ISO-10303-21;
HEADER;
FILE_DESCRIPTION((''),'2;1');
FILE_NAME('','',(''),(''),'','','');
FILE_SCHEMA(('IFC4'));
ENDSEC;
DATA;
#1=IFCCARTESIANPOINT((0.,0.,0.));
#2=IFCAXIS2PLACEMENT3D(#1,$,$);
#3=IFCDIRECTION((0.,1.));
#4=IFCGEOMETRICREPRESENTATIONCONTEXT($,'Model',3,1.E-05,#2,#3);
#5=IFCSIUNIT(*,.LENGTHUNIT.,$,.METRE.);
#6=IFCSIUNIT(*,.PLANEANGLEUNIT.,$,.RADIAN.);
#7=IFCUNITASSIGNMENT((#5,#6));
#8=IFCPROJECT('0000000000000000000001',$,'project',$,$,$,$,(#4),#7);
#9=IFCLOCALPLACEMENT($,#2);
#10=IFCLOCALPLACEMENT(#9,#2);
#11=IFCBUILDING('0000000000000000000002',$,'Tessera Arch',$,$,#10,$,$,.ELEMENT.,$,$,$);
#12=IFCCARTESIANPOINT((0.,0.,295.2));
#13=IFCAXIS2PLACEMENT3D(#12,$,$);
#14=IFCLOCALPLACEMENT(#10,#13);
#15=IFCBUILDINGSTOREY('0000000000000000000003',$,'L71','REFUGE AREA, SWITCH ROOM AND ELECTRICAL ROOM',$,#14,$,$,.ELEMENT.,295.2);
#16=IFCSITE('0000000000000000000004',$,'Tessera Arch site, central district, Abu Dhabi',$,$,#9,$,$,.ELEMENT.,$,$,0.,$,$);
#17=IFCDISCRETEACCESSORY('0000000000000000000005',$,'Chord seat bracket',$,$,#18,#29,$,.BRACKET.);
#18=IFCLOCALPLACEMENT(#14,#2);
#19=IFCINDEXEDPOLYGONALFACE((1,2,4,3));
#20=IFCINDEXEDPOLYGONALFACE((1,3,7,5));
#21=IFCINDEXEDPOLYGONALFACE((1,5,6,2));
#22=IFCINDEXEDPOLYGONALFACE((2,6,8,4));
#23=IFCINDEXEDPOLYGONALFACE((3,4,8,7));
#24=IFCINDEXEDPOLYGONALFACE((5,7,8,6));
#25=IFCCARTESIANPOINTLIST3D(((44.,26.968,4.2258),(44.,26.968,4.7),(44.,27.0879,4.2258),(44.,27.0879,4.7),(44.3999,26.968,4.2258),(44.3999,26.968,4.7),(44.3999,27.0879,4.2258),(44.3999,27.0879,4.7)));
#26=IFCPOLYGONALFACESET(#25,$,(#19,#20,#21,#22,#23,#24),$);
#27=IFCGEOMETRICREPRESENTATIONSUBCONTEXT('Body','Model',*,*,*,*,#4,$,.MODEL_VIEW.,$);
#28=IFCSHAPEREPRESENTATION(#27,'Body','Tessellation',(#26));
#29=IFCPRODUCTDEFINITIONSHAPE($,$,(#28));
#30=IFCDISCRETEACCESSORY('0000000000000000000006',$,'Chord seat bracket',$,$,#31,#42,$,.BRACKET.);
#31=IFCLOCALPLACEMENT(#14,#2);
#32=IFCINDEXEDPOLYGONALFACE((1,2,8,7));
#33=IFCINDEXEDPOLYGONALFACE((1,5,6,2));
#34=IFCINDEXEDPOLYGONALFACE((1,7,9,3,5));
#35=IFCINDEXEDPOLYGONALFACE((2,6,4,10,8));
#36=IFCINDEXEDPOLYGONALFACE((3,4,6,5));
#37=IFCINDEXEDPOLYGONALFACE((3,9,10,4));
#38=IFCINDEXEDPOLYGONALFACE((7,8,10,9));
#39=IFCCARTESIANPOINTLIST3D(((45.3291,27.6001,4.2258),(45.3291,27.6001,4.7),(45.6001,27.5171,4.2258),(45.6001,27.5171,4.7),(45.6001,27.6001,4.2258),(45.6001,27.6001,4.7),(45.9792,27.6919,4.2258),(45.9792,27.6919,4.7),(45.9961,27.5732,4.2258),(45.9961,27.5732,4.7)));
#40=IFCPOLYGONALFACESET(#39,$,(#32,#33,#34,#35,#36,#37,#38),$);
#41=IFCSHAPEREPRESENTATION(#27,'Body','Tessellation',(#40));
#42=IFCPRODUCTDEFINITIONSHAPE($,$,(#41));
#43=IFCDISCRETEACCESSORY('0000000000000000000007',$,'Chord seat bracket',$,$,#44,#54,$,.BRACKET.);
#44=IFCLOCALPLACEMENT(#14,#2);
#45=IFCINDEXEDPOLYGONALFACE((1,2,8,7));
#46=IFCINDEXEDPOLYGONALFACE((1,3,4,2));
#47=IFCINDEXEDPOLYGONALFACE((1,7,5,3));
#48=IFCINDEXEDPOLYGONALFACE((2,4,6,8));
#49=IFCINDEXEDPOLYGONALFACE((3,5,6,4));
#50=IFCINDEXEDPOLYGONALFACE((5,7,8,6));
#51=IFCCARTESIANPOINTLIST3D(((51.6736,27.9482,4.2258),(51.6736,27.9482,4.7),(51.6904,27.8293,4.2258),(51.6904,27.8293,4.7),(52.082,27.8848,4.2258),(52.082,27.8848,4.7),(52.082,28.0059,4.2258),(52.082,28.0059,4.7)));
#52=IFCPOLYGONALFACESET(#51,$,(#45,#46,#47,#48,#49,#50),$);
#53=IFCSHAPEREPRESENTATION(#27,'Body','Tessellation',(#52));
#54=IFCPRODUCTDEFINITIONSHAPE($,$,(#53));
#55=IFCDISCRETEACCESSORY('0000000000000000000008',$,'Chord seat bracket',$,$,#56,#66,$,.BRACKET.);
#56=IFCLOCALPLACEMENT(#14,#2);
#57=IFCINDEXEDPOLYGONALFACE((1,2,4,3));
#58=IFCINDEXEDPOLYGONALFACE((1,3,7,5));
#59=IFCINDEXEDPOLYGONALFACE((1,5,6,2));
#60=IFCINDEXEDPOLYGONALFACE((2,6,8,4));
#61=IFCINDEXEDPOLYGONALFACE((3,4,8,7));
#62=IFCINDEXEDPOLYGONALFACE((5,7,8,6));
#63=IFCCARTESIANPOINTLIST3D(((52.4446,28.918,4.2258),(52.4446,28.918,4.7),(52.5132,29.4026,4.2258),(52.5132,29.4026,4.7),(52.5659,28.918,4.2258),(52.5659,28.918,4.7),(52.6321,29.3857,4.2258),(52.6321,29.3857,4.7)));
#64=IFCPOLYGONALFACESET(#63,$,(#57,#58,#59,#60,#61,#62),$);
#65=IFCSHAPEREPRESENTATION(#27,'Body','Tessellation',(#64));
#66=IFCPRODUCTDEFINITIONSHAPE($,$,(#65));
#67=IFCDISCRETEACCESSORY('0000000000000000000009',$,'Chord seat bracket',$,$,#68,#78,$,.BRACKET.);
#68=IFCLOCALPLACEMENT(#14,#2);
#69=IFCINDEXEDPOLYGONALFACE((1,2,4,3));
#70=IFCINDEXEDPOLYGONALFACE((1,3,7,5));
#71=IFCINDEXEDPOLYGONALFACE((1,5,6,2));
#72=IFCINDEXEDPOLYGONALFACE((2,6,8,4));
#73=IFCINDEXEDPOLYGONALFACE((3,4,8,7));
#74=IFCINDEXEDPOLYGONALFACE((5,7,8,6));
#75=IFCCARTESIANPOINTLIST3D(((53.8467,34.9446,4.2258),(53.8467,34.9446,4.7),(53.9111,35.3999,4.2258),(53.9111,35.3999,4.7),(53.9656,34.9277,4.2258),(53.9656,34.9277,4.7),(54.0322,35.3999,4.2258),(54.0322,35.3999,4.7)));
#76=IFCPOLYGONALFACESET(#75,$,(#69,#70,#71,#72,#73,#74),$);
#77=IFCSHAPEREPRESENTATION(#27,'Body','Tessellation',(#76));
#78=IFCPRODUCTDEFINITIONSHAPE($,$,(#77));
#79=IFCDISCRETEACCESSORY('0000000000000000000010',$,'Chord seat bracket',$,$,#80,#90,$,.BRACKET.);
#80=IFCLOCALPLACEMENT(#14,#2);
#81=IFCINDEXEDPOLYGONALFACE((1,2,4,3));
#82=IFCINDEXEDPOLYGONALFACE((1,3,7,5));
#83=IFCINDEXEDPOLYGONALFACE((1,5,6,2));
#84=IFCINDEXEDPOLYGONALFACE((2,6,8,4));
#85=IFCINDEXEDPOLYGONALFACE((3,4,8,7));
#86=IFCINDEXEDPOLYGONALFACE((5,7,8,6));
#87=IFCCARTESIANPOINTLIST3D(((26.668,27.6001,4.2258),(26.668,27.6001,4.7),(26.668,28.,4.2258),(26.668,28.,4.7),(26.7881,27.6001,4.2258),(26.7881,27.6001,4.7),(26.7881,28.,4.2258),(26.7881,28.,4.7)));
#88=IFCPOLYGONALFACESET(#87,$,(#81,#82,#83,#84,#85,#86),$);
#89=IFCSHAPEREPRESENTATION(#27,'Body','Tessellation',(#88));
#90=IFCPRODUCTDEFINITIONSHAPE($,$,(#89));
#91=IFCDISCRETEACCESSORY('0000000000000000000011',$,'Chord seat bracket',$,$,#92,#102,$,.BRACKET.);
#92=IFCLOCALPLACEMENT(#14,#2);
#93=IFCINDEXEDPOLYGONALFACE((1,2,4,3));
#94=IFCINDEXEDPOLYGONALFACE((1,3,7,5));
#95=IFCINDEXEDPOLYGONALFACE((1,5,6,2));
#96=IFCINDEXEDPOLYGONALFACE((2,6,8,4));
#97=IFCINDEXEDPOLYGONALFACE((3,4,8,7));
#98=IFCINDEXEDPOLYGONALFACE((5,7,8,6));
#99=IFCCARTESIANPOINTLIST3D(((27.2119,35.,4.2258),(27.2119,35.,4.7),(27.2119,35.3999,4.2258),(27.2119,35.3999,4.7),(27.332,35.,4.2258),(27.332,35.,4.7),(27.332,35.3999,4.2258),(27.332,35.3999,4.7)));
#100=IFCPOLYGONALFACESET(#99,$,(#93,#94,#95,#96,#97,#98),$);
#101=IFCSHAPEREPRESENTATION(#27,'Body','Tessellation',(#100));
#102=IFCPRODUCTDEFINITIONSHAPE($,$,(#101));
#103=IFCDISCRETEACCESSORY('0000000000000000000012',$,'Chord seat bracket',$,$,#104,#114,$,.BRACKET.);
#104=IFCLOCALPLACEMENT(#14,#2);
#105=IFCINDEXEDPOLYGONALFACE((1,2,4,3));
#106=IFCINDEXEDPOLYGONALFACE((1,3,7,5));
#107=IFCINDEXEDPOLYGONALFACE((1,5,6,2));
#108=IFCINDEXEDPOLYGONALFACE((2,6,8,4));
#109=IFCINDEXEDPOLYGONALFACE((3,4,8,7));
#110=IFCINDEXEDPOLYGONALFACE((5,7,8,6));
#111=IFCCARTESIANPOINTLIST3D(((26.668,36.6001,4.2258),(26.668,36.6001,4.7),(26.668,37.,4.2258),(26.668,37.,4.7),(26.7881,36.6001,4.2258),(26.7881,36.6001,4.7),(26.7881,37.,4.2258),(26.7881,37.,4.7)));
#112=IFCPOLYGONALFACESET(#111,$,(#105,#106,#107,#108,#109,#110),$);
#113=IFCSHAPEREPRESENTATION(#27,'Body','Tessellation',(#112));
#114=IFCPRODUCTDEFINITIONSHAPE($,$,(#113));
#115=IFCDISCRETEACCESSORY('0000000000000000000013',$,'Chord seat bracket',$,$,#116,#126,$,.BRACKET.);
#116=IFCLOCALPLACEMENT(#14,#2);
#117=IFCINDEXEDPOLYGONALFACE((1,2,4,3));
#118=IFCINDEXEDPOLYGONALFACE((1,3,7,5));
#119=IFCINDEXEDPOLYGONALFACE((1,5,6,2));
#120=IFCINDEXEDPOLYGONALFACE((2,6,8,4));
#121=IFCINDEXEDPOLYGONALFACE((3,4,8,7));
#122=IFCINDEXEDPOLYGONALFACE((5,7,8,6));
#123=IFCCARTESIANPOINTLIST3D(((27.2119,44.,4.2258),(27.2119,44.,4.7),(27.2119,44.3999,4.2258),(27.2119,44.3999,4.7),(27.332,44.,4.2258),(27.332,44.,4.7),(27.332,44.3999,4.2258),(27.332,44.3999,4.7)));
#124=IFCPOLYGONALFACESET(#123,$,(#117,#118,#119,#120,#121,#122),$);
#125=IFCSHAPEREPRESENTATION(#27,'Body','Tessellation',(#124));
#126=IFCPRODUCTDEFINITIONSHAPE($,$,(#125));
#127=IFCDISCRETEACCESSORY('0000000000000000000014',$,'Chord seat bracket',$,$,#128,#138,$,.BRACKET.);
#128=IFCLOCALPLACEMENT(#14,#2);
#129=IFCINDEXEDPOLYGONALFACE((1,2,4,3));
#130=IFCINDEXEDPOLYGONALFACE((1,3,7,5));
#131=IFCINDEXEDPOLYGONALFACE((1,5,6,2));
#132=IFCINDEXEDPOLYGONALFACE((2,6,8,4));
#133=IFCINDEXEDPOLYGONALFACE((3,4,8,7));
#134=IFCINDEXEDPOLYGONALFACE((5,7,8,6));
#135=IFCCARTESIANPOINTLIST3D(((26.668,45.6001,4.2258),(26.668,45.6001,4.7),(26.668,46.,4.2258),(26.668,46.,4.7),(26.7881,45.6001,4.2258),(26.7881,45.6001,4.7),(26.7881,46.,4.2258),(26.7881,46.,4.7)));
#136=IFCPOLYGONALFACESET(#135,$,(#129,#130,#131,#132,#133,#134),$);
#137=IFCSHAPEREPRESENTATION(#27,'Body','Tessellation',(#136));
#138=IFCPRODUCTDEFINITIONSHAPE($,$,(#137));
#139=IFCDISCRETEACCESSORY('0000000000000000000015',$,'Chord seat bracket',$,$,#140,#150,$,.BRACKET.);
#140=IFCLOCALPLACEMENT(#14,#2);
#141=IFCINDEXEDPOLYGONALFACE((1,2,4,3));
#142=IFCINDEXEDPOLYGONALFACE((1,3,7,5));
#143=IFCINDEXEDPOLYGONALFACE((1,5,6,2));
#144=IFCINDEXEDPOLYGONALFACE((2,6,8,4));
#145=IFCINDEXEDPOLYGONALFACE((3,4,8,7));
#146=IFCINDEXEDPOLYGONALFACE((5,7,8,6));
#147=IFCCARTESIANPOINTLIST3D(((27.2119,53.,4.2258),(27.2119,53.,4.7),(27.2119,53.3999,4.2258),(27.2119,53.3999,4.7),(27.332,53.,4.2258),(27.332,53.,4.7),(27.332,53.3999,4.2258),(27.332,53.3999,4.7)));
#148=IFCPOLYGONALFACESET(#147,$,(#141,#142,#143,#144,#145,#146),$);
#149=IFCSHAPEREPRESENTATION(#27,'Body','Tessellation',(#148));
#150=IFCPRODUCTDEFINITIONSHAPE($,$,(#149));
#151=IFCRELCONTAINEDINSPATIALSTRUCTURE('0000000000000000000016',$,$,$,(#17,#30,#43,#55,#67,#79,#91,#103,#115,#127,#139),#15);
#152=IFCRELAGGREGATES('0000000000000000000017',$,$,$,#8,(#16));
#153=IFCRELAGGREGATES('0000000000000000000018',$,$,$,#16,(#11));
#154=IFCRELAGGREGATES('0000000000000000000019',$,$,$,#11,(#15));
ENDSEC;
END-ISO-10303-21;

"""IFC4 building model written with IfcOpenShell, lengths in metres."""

from ifc_helpers import new_model, si_unit, direction, frame, origin, place, context, subcontext, project, spatial, polyline, outline, extrude, element, save


model = new_model("IFC4")

# Units and contexts
model_context = context("Model", 3, precision=1e-05, world=origin(), true_north=direction((0.0, 1.0)))
body_context = subcontext(model_context, "Body", "Model", "MODEL_VIEW")
ifc_project = project(units=[si_unit("LENGTHUNIT", "METRE"), si_unit("PLANEANGLEUNIT", "RADIAN")], contexts=[model_context])

# Site, building, storey
site_placement = place(None, origin())
site = spatial("IfcSite", under=ifc_project, at=site_placement, Name="Tessera Arch site, central district, Abu Dhabi", CompositionType="ELEMENT", RefElevation=0.0)
building_placement = place(site_placement, origin())
building = spatial("IfcBuilding", under=site, at=building_placement, Name="Tessera Arch", CompositionType="ELEMENT")
storey_placement = place(building_placement, frame((0.0, 0.0, 295.2)))
storey = spatial("IfcBuildingStorey", under=building, at=storey_placement, Name="L71", Description="REFUGE AREA, SWITCH ROOM AND ELECTRICAL ROOM", CompositionType="ELEMENT", Elevation=295.2)

# Discrete accessories
discrete_accessory_1_placement = place(storey_placement, frame((0.0, 0.0, 4.2258)))
element("IfcDiscreteAccessory", 1, at=discrete_accessory_1_placement, inside=storey, Name="Chord seat bracket", PredefinedType="BRACKET", context=body_context, shape_type="SweptSolid", body=[
    extrude(outline(polyline([(44.0, 27.0879), (44.3999, 27.0879), (44.3999, 26.968), (44.0, 26.968), (44.0, 27.0879)])), origin(), (0.0, 0.0, 1.0), 0.4741),
])
discrete_accessory_2_placement = place(storey_placement, frame((0.0, 0.0, 4.2258)))
element("IfcDiscreteAccessory", 2, at=discrete_accessory_2_placement, inside=storey, Name="Chord seat bracket", PredefinedType="BRACKET", context=body_context, shape_type="SweptSolid", body=[
    extrude(outline(polyline([(45.9792, 27.6919), (45.9961, 27.5732), (45.6001, 27.5171), (45.6001, 27.6001), (45.3291, 27.6001), (45.9792, 27.6919)])), origin(), (0.0, 0.0, 1.0), 0.4741),
])
discrete_accessory_3_placement = place(storey_placement, frame((0.0, 0.0, 4.2258)))
element("IfcDiscreteAccessory", 3, at=discrete_accessory_3_placement, inside=storey, Name="Chord seat bracket", PredefinedType="BRACKET", context=body_context, shape_type="SweptSolid", body=[
    extrude(outline(polyline([(51.6736, 27.9482), (52.082, 28.0059), (52.082, 27.8848), (51.6904, 27.8293), (51.6736, 27.9482)])), origin(), (0.0, 0.0, 1.0), 0.4741),
])
discrete_accessory_4_placement = place(storey_placement, frame((0.0, 0.0, 4.2258)))
element("IfcDiscreteAccessory", 4, at=discrete_accessory_4_placement, inside=storey, Name="Chord seat bracket", PredefinedType="BRACKET", context=body_context, shape_type="SweptSolid", body=[
    extrude(outline(polyline([(52.6321, 29.3857), (52.5659, 28.918), (52.4446, 28.918), (52.5132, 29.4026), (52.6321, 29.3857)])), origin(), (0.0, 0.0, 1.0), 0.4741),
])
discrete_accessory_5_placement = place(storey_placement, frame((0.0, 0.0, 4.2258)))
element("IfcDiscreteAccessory", 5, at=discrete_accessory_5_placement, inside=storey, Name="Chord seat bracket", PredefinedType="BRACKET", context=body_context, shape_type="SweptSolid", body=[
    extrude(outline(polyline([(53.9111, 35.3999), (54.0322, 35.3999), (53.9656, 34.9277), (53.8467, 34.9446), (53.9111, 35.3999)])), origin(), (0.0, 0.0, 1.0), 0.4741),
])
discrete_accessory_6_placement = place(storey_placement, frame((0.0, 0.0, 4.2258)))
element("IfcDiscreteAccessory", 6, at=discrete_accessory_6_placement, inside=storey, Name="Chord seat bracket", PredefinedType="BRACKET", context=body_context, shape_type="SweptSolid", body=[
    extrude(outline(polyline([(26.7881, 28.0), (26.7881, 27.6001), (26.668, 27.6001), (26.668, 28.0), (26.7881, 28.0)])), origin(), (0.0, 0.0, 1.0), 0.4741),
])
discrete_accessory_7_placement = place(storey_placement, frame((0.0, 0.0, 4.2258)))
element("IfcDiscreteAccessory", 7, at=discrete_accessory_7_placement, inside=storey, Name="Chord seat bracket", PredefinedType="BRACKET", context=body_context, shape_type="SweptSolid", body=[
    extrude(outline(polyline([(27.2119, 35.3999), (27.332, 35.3999), (27.332, 35.0), (27.2119, 35.0), (27.2119, 35.3999)])), origin(), (0.0, 0.0, 1.0), 0.4741),
])
discrete_accessory_8_placement = place(storey_placement, frame((0.0, 0.0, 4.2258)))
element("IfcDiscreteAccessory", 8, at=discrete_accessory_8_placement, inside=storey, Name="Chord seat bracket", PredefinedType="BRACKET", context=body_context, shape_type="SweptSolid", body=[
    extrude(outline(polyline([(26.7881, 36.6001), (26.668, 36.6001), (26.668, 37.0), (26.7881, 37.0), (26.7881, 36.6001)])), origin(), (0.0, 0.0, 1.0), 0.4741),
])
discrete_accessory_9_placement = place(storey_placement, frame((0.0, 0.0, 4.2258)))
element("IfcDiscreteAccessory", 9, at=discrete_accessory_9_placement, inside=storey, Name="Chord seat bracket", PredefinedType="BRACKET", context=body_context, shape_type="SweptSolid", body=[
    extrude(outline(polyline([(27.2119, 44.0), (27.2119, 44.3999), (27.332, 44.3999), (27.332, 44.0), (27.2119, 44.0)])), origin(), (0.0, 0.0, 1.0), 0.4741),
])
discrete_accessory_10_placement = place(storey_placement, frame((0.0, 0.0, 4.2258)))
element("IfcDiscreteAccessory", 10, at=discrete_accessory_10_placement, inside=storey, Name="Chord seat bracket", PredefinedType="BRACKET", context=body_context, shape_type="SweptSolid", body=[
    extrude(outline(polyline([(26.7881, 46.0), (26.7881, 45.6001), (26.668, 45.6001), (26.668, 46.0), (26.7881, 46.0)])), origin(), (0.0, 0.0, 1.0), 0.4741),
])
discrete_accessory_11_placement = place(storey_placement, frame((0.0, 0.0, 4.2258)))
element("IfcDiscreteAccessory", 11, at=discrete_accessory_11_placement, inside=storey, Name="Chord seat bracket", PredefinedType="BRACKET", context=body_context, shape_type="SweptSolid", body=[
    extrude(outline(polyline([(27.2119, 53.0), (27.2119, 53.3999), (27.332, 53.3999), (27.332, 53.0), (27.2119, 53.0)])), origin(), (0.0, 0.0, 1.0), 0.4741),
])

save(model, "model.ifc")
